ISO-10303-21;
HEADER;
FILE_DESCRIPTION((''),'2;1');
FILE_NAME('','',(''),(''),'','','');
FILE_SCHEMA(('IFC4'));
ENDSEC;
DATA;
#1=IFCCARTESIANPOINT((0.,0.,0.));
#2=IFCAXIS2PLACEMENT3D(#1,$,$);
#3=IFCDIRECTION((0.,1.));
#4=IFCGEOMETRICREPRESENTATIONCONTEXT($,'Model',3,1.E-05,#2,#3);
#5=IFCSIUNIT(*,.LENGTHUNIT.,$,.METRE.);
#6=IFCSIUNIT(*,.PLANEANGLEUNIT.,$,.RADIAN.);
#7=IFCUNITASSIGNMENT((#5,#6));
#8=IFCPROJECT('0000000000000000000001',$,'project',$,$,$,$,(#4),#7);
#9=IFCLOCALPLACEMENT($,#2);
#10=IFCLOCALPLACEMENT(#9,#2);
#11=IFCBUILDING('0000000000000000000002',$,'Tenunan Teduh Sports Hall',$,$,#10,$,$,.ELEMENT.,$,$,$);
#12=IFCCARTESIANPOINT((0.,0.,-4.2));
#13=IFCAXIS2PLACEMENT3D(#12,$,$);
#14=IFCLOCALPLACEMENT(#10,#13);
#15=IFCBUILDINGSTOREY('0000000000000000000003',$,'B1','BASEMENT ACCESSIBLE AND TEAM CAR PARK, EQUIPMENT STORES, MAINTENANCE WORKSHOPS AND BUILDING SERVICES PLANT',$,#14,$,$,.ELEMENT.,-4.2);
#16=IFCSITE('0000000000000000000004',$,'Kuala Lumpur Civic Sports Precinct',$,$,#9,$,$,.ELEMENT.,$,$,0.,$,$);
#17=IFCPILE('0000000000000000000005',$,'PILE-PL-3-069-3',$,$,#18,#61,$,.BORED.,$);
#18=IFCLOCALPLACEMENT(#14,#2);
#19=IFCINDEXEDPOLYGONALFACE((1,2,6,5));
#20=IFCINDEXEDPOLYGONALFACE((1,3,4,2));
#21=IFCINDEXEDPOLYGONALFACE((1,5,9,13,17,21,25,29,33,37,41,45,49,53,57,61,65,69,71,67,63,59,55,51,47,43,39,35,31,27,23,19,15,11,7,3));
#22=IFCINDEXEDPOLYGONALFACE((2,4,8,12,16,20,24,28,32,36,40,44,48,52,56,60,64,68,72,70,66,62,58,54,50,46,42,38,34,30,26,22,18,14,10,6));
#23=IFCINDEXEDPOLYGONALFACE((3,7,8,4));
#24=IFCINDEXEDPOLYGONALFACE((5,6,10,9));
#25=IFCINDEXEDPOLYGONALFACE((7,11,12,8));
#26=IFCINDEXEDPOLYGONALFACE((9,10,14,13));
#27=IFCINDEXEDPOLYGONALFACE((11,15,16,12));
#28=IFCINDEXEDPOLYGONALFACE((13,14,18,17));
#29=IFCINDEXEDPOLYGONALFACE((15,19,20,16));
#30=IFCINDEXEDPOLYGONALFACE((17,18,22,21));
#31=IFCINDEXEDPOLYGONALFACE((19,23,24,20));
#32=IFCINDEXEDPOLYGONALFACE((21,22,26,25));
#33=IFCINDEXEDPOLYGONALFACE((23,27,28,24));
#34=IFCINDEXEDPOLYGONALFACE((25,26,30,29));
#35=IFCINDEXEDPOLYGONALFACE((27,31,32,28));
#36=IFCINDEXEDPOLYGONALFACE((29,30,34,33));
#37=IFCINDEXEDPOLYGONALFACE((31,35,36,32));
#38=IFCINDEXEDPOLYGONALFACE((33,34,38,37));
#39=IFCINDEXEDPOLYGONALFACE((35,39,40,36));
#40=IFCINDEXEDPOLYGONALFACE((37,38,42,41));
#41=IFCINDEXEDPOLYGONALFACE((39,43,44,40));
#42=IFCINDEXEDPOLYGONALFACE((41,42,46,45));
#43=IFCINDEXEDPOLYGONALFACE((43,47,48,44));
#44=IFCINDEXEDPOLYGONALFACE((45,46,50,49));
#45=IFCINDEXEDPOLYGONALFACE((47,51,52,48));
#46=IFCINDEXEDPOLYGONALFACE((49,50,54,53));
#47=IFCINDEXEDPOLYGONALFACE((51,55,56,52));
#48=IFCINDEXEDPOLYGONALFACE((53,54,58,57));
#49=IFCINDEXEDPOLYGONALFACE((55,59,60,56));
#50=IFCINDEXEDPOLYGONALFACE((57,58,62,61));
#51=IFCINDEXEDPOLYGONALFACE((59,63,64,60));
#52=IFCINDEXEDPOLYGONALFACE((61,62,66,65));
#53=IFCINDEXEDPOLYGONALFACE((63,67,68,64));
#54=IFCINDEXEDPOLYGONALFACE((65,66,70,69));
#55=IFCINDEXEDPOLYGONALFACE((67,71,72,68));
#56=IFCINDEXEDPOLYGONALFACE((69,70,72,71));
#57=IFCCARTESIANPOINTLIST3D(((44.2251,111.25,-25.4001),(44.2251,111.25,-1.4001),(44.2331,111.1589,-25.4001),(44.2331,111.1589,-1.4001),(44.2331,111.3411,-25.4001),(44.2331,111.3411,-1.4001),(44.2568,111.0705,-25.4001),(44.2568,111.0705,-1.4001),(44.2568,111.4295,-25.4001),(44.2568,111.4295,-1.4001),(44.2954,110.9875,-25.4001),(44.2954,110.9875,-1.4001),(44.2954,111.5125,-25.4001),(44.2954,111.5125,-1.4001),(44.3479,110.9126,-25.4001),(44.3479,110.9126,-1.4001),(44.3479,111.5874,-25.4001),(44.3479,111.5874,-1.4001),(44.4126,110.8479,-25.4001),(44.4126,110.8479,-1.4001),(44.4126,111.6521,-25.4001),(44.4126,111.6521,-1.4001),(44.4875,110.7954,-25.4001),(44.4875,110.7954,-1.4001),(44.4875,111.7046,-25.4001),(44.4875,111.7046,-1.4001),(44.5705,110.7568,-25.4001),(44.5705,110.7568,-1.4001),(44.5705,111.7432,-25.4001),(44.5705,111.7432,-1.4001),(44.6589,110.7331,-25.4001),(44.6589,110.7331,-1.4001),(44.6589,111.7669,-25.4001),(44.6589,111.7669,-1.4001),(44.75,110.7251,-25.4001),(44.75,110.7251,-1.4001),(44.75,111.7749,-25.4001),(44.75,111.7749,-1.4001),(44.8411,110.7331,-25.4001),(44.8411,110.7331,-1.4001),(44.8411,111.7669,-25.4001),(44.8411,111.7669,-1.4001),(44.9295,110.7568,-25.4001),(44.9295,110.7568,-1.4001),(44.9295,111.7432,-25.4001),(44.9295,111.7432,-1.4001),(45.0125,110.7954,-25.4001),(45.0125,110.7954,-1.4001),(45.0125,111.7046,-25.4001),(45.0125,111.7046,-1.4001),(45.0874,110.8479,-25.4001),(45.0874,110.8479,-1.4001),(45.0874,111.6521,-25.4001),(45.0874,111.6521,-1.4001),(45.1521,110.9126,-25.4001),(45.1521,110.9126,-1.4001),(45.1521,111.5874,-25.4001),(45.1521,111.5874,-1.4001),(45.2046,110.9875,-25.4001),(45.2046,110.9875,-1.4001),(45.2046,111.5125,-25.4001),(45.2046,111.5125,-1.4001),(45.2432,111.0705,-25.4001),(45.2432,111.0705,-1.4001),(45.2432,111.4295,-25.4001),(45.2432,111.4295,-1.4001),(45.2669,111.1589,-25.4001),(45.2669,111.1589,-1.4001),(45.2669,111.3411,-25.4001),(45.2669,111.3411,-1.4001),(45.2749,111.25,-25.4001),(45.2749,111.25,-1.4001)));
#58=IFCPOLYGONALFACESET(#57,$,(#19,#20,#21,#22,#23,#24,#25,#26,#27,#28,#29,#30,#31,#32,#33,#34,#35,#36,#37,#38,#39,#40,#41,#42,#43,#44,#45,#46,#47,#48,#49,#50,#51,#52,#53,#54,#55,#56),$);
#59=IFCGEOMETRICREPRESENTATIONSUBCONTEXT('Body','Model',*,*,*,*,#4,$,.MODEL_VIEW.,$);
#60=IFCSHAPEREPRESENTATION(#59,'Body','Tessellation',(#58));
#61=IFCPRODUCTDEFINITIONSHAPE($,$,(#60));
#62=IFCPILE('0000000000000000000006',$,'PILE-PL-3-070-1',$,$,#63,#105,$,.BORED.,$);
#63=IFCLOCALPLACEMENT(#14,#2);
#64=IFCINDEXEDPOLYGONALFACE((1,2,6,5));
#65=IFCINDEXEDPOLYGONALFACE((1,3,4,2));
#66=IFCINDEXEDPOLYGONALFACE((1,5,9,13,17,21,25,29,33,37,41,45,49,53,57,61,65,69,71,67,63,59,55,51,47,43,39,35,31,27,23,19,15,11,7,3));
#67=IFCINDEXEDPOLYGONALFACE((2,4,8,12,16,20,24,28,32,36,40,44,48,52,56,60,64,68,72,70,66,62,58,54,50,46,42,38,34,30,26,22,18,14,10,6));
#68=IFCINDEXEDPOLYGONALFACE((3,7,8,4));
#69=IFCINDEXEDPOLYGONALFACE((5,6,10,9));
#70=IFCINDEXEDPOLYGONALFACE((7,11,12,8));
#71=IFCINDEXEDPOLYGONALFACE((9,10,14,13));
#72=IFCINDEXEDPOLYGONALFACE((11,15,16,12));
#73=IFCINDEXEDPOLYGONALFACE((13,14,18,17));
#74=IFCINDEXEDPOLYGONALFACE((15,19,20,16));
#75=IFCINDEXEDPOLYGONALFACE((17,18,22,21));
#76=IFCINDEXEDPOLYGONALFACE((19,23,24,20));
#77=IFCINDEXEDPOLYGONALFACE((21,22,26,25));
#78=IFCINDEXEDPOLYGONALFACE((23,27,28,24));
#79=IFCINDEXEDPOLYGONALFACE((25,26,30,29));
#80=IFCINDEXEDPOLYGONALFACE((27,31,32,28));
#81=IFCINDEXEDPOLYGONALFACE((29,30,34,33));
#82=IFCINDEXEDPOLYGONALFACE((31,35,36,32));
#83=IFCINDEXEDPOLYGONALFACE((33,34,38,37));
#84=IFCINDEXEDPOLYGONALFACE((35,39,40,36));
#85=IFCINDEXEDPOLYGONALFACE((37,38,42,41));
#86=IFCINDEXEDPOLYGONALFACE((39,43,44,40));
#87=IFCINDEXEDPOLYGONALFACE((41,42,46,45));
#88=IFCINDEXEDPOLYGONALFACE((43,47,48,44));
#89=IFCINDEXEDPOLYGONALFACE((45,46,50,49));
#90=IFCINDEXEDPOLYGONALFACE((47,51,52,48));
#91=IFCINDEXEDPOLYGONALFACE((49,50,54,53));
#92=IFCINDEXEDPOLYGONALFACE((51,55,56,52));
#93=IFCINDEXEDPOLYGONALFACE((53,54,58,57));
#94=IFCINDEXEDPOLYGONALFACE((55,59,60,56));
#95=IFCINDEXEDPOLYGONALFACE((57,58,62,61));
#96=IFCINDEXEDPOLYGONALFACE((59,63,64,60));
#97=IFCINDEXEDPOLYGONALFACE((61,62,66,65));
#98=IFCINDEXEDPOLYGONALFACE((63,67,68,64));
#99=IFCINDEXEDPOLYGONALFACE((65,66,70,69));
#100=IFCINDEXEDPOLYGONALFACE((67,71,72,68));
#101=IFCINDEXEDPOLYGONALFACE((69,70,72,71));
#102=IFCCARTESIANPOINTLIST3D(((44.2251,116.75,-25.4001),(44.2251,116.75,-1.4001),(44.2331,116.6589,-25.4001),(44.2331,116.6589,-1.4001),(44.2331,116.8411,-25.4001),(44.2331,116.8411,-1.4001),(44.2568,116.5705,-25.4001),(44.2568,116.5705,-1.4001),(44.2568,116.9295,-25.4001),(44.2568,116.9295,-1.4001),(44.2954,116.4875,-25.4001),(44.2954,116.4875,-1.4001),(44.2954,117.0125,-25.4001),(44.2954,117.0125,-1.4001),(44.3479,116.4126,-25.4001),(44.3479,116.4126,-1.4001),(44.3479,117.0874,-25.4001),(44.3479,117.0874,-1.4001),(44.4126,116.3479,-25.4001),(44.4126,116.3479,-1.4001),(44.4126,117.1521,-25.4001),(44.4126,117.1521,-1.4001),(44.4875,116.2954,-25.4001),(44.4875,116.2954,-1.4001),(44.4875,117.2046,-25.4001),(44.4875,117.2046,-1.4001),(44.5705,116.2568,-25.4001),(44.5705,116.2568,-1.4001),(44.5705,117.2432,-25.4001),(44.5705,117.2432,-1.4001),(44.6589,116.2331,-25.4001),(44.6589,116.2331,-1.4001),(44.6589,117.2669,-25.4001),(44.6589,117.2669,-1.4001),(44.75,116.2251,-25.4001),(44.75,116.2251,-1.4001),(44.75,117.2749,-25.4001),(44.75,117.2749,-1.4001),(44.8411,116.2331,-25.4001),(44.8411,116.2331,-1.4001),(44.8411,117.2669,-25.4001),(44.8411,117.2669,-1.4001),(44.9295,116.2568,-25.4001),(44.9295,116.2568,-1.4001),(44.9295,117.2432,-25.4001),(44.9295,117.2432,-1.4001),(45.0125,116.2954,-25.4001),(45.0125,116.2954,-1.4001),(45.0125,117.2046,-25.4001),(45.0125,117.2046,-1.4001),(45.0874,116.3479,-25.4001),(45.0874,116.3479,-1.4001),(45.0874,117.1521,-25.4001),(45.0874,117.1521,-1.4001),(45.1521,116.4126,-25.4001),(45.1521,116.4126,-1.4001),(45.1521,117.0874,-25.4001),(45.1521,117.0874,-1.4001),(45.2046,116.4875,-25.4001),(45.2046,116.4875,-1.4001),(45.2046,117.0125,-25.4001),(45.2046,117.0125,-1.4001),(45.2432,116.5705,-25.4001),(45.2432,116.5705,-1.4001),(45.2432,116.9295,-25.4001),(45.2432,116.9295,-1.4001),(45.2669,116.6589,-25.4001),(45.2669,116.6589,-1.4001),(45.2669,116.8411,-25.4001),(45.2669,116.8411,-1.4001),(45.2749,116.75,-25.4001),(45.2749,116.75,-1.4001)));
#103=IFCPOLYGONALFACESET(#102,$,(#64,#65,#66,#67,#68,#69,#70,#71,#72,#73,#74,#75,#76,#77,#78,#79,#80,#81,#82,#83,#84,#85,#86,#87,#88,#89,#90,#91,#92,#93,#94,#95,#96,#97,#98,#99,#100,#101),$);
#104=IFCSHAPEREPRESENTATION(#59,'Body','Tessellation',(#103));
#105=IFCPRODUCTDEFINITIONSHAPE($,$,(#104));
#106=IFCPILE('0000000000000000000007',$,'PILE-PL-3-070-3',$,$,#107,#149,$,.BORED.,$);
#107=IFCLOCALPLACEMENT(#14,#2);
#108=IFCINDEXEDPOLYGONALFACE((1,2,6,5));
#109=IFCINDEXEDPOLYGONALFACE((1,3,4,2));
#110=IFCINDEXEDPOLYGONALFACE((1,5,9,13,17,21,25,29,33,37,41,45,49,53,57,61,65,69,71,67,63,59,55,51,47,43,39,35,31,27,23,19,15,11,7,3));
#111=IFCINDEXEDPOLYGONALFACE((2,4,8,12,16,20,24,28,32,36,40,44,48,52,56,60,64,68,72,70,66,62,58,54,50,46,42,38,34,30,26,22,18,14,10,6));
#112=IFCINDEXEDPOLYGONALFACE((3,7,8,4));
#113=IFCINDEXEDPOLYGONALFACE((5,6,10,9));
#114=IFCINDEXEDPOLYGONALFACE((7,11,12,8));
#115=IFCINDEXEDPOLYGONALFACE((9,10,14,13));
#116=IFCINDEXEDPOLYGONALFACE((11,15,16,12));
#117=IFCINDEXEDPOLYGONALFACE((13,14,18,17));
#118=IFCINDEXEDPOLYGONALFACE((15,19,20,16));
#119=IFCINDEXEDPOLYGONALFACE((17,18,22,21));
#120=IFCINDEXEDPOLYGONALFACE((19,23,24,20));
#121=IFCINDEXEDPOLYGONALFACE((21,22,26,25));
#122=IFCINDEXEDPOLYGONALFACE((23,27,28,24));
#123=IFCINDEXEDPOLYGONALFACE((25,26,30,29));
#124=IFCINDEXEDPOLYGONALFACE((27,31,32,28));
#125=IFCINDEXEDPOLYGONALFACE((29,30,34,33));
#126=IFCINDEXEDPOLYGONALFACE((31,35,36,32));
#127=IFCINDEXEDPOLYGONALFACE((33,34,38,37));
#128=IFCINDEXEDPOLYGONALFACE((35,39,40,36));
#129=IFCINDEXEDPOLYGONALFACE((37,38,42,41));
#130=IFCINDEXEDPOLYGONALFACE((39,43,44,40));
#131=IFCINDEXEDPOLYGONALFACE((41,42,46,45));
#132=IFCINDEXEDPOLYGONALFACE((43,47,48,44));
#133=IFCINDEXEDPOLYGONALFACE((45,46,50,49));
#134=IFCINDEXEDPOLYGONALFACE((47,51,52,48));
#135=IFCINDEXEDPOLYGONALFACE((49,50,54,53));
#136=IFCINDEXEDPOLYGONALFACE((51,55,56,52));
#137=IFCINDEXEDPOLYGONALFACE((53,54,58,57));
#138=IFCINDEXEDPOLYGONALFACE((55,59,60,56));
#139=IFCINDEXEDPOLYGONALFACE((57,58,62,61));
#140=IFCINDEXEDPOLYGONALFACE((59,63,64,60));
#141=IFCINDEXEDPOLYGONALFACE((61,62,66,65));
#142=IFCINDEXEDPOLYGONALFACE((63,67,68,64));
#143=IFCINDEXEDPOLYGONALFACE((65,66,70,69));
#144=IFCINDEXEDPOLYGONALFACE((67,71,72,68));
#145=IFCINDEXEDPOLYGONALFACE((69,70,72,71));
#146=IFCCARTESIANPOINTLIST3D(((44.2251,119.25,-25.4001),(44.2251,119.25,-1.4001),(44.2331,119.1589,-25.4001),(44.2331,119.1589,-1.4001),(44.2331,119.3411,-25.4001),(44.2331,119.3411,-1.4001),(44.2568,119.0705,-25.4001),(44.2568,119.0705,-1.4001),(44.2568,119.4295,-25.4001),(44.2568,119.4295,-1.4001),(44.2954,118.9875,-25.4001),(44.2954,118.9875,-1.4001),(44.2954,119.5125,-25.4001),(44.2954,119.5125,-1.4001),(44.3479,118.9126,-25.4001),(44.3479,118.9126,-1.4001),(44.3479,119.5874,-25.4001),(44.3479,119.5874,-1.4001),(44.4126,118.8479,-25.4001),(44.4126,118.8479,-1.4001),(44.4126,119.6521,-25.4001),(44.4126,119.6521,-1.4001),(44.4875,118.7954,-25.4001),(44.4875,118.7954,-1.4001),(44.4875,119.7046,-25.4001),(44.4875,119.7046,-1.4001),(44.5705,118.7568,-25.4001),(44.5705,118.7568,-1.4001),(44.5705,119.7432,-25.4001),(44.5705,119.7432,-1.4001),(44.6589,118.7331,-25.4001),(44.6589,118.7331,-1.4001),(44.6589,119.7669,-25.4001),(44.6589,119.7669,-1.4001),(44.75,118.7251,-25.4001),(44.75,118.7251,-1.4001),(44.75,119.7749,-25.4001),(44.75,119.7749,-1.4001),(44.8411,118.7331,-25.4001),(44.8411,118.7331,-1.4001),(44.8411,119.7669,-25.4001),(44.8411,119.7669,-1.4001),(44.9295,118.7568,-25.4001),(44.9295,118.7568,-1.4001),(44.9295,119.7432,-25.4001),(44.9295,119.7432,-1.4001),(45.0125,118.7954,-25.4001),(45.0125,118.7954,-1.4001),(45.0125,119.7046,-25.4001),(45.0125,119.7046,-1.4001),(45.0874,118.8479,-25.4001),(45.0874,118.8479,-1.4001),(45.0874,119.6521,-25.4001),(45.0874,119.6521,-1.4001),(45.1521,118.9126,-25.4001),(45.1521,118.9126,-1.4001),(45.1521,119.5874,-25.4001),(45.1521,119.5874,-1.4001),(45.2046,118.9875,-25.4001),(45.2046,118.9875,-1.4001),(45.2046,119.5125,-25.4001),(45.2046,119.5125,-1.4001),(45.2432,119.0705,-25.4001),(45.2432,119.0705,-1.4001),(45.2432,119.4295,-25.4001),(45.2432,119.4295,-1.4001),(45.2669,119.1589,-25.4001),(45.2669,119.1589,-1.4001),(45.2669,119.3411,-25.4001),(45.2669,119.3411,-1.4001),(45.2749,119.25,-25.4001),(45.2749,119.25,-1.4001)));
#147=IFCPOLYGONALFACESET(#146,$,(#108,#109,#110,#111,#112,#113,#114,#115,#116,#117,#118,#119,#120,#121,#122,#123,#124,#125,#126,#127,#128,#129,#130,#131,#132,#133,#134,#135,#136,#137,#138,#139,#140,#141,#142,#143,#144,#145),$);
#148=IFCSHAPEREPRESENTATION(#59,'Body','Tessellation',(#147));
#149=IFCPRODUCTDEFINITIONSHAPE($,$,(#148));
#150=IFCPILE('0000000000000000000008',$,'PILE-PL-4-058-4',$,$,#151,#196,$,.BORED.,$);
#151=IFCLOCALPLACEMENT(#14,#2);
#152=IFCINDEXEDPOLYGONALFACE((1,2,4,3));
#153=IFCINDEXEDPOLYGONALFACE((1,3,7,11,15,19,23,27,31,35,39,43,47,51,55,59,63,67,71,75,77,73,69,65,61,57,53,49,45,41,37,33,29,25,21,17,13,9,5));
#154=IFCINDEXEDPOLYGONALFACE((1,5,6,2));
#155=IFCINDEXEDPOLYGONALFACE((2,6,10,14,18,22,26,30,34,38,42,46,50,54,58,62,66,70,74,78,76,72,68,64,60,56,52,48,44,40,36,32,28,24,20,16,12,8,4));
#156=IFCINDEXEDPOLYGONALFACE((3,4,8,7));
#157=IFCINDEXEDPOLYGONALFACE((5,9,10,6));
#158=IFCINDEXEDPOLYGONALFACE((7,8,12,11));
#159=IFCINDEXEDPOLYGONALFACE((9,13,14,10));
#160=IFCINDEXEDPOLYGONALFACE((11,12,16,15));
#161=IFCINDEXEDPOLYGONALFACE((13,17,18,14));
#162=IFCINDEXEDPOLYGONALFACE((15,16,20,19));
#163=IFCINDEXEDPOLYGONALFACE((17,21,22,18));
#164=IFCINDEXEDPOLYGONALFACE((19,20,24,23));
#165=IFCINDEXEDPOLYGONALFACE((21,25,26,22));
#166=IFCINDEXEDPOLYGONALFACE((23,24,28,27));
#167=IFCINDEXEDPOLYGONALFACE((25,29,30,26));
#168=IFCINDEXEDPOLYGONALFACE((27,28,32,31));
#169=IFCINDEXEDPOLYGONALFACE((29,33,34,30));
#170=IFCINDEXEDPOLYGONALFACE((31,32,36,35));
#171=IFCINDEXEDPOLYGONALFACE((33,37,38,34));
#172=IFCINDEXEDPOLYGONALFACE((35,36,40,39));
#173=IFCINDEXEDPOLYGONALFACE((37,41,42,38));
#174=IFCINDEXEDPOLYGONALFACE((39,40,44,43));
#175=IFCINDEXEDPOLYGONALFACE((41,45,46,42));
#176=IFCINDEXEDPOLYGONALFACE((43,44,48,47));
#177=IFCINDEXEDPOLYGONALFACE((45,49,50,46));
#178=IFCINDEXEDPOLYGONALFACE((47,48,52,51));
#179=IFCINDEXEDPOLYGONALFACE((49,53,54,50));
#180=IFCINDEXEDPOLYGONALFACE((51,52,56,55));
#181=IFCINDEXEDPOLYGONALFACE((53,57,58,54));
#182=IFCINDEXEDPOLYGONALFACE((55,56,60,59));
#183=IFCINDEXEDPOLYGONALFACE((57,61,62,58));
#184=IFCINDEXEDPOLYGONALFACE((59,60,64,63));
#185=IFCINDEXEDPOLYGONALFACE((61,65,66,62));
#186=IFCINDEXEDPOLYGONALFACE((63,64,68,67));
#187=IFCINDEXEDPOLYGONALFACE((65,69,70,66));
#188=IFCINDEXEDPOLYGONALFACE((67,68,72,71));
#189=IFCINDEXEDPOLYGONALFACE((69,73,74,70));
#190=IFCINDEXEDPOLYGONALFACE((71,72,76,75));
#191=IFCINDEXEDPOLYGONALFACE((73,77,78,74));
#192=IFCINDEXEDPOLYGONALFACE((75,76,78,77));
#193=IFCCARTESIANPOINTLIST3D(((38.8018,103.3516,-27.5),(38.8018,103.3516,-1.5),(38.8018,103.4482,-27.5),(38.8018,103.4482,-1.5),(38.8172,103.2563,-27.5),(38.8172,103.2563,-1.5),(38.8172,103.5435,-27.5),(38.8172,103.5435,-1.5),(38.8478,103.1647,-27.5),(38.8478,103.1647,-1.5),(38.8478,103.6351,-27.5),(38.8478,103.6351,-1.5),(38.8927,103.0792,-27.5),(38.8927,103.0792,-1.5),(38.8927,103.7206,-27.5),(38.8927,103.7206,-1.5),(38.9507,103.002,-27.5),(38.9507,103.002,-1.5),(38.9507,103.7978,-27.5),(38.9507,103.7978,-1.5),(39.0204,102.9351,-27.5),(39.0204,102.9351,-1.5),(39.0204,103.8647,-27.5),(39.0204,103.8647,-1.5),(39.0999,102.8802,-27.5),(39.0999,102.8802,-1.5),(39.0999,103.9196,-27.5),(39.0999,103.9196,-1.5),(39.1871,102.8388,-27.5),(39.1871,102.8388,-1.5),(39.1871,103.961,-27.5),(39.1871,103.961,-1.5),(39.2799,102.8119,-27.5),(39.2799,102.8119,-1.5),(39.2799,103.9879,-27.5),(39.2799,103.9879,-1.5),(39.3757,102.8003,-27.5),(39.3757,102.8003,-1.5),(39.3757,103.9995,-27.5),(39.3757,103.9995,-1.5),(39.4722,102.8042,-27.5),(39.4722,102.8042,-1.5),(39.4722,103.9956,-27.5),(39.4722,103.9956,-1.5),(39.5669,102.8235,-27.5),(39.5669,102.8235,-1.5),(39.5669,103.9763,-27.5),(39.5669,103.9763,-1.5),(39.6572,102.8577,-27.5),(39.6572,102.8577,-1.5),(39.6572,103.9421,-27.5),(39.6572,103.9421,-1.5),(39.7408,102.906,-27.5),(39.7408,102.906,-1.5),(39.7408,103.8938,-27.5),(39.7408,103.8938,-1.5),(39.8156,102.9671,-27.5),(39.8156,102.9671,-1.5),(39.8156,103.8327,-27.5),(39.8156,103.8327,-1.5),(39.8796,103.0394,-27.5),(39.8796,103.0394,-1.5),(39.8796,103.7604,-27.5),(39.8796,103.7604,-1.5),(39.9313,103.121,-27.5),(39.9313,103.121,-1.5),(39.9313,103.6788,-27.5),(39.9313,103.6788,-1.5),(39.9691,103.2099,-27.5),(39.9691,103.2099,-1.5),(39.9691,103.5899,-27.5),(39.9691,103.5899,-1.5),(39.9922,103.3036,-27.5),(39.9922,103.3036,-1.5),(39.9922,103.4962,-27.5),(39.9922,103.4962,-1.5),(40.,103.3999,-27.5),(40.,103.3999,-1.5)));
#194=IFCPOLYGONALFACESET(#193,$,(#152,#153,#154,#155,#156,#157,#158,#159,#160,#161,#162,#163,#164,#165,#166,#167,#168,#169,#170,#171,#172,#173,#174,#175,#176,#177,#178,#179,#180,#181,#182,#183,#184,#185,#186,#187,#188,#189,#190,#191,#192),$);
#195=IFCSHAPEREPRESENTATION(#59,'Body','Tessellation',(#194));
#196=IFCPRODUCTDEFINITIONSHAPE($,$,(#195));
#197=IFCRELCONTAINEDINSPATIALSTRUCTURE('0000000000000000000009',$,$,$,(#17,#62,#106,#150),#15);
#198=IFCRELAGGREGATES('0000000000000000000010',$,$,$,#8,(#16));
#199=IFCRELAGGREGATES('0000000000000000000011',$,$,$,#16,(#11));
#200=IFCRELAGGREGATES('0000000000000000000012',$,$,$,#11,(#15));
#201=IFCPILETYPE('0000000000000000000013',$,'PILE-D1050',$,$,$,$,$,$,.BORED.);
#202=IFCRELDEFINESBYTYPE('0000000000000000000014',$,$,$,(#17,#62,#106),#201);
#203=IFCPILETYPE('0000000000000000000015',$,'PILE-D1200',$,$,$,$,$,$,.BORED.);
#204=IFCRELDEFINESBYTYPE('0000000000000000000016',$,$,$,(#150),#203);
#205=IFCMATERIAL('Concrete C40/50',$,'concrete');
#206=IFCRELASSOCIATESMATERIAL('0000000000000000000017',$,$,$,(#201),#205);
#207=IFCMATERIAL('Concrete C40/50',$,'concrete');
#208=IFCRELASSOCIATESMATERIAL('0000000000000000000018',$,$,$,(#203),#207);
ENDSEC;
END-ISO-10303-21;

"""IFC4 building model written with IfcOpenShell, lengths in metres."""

from ifc_helpers import new_model, si_unit, direction, frame, origin, origin_2d, place, context, subcontext, project, spatial, circle, extrude, material, material_profile, profile_set, type_object, element, save


model = new_model("IFC4")

# Units and contexts
model_context = context("Model", 3, precision=1e-05, world=origin(), true_north=direction((0.0, 1.0)))
body_context = subcontext(model_context, "Body", "Model", "MODEL_VIEW")
ifc_project = project(units=[si_unit("LENGTHUNIT", "METRE"), si_unit("PLANEANGLEUNIT", "RADIAN")], contexts=[model_context])

# Site, building, storey
site_placement = place(None, origin())
site = spatial("IfcSite", under=ifc_project, at=site_placement, Name="Kuala Lumpur Civic Sports Precinct", CompositionType="ELEMENT", RefElevation=0.0)
building_placement = place(site_placement, origin())
building = spatial("IfcBuilding", under=site, at=building_placement, Name="Tenunan Teduh Sports Hall", CompositionType="ELEMENT")
storey_placement = place(building_placement, frame((0.0, 0.0, -4.2)))
storey = spatial("IfcBuildingStorey", under=building, at=storey_placement, Name="B1", Description="BASEMENT ACCESSIBLE AND TEAM CAR PARK, EQUIPMENT STORES, MAINTENANCE WORKSHOPS AND BUILDING SERVICES PLANT", CompositionType="ELEMENT", Elevation=-4.2)

# Piles
ifc_material_1 = material(Name="Concrete C40/50", Category="concrete")
ifc_material_profile_1 = material_profile(ifc_material_1, circle(Radius=0.5249, at=origin_2d()), Name="PILE D1050")
ifc_profile_set_1 = profile_set([ifc_material_profile_1], Name="Concrete C40/50")
pile_type_1 = type_object("IfcPileType", Name="PILE-D1050", PredefinedType="BORED", material=ifc_profile_set_1)
for number, where, z_axis, x_axis, name in (
    (1, (44.75, 111.25, -1.4001), (0.0, 0.0, -1.0), (1.0, 0.0, 0.0), "PILE-PL-3-069-3"),
    (2, (44.75, 116.75, -1.4001), (0.0, 0.0, -1.0), (1.0, 0.0, 0.0), "PILE-PL-3-070-1"),
    (3, (44.75, 119.25, -1.4001), (0.0, 0.0, -1.0), (1.0, 0.0, 0.0), "PILE-PL-3-070-3"),
):
    element("IfcPile", number, at=place(storey_placement, frame(where, z_axis=z_axis, x_axis=x_axis)), inside=storey, type_object=pile_type_1, Name=name, PredefinedType="BORED", context=body_context, shape_type="SweptSolid", body=[
        extrude(circle(Radius=0.5249, at=origin_2d()), origin(), (0.0, 0.0, 1.0), 24.0),
    ])
ifc_material_2 = material(Name="Concrete C40/50", Category="concrete")
ifc_material_profile_2 = material_profile(ifc_material_2, circle(Radius=0.6001, at=origin_2d()), Name="PILE D1200")
ifc_profile_set_2 = profile_set([ifc_material_profile_2], Name="Concrete C40/50")
pile_type_2 = type_object("IfcPileType", Name="PILE-D1200", PredefinedType="BORED", material=ifc_profile_set_2)
for number, where, z_axis, x_axis, name in (
    (4, (39.3999, 103.3999, -1.5), (0.0, 0.0, -1.0), (1.0, 0.0, 0.0), "PILE-PL-4-058-4"),
):
    element("IfcPile", number, at=place(storey_placement, frame(where, z_axis=z_axis, x_axis=x_axis)), inside=storey, type_object=pile_type_2, Name=name, PredefinedType="BORED", context=body_context, shape_type="SweptSolid", body=[
        extrude(circle(Radius=0.6001, at=origin_2d()), origin(), (0.0, 0.0, 1.0), 26.0),
    ])

save(model, "model.ifc")
